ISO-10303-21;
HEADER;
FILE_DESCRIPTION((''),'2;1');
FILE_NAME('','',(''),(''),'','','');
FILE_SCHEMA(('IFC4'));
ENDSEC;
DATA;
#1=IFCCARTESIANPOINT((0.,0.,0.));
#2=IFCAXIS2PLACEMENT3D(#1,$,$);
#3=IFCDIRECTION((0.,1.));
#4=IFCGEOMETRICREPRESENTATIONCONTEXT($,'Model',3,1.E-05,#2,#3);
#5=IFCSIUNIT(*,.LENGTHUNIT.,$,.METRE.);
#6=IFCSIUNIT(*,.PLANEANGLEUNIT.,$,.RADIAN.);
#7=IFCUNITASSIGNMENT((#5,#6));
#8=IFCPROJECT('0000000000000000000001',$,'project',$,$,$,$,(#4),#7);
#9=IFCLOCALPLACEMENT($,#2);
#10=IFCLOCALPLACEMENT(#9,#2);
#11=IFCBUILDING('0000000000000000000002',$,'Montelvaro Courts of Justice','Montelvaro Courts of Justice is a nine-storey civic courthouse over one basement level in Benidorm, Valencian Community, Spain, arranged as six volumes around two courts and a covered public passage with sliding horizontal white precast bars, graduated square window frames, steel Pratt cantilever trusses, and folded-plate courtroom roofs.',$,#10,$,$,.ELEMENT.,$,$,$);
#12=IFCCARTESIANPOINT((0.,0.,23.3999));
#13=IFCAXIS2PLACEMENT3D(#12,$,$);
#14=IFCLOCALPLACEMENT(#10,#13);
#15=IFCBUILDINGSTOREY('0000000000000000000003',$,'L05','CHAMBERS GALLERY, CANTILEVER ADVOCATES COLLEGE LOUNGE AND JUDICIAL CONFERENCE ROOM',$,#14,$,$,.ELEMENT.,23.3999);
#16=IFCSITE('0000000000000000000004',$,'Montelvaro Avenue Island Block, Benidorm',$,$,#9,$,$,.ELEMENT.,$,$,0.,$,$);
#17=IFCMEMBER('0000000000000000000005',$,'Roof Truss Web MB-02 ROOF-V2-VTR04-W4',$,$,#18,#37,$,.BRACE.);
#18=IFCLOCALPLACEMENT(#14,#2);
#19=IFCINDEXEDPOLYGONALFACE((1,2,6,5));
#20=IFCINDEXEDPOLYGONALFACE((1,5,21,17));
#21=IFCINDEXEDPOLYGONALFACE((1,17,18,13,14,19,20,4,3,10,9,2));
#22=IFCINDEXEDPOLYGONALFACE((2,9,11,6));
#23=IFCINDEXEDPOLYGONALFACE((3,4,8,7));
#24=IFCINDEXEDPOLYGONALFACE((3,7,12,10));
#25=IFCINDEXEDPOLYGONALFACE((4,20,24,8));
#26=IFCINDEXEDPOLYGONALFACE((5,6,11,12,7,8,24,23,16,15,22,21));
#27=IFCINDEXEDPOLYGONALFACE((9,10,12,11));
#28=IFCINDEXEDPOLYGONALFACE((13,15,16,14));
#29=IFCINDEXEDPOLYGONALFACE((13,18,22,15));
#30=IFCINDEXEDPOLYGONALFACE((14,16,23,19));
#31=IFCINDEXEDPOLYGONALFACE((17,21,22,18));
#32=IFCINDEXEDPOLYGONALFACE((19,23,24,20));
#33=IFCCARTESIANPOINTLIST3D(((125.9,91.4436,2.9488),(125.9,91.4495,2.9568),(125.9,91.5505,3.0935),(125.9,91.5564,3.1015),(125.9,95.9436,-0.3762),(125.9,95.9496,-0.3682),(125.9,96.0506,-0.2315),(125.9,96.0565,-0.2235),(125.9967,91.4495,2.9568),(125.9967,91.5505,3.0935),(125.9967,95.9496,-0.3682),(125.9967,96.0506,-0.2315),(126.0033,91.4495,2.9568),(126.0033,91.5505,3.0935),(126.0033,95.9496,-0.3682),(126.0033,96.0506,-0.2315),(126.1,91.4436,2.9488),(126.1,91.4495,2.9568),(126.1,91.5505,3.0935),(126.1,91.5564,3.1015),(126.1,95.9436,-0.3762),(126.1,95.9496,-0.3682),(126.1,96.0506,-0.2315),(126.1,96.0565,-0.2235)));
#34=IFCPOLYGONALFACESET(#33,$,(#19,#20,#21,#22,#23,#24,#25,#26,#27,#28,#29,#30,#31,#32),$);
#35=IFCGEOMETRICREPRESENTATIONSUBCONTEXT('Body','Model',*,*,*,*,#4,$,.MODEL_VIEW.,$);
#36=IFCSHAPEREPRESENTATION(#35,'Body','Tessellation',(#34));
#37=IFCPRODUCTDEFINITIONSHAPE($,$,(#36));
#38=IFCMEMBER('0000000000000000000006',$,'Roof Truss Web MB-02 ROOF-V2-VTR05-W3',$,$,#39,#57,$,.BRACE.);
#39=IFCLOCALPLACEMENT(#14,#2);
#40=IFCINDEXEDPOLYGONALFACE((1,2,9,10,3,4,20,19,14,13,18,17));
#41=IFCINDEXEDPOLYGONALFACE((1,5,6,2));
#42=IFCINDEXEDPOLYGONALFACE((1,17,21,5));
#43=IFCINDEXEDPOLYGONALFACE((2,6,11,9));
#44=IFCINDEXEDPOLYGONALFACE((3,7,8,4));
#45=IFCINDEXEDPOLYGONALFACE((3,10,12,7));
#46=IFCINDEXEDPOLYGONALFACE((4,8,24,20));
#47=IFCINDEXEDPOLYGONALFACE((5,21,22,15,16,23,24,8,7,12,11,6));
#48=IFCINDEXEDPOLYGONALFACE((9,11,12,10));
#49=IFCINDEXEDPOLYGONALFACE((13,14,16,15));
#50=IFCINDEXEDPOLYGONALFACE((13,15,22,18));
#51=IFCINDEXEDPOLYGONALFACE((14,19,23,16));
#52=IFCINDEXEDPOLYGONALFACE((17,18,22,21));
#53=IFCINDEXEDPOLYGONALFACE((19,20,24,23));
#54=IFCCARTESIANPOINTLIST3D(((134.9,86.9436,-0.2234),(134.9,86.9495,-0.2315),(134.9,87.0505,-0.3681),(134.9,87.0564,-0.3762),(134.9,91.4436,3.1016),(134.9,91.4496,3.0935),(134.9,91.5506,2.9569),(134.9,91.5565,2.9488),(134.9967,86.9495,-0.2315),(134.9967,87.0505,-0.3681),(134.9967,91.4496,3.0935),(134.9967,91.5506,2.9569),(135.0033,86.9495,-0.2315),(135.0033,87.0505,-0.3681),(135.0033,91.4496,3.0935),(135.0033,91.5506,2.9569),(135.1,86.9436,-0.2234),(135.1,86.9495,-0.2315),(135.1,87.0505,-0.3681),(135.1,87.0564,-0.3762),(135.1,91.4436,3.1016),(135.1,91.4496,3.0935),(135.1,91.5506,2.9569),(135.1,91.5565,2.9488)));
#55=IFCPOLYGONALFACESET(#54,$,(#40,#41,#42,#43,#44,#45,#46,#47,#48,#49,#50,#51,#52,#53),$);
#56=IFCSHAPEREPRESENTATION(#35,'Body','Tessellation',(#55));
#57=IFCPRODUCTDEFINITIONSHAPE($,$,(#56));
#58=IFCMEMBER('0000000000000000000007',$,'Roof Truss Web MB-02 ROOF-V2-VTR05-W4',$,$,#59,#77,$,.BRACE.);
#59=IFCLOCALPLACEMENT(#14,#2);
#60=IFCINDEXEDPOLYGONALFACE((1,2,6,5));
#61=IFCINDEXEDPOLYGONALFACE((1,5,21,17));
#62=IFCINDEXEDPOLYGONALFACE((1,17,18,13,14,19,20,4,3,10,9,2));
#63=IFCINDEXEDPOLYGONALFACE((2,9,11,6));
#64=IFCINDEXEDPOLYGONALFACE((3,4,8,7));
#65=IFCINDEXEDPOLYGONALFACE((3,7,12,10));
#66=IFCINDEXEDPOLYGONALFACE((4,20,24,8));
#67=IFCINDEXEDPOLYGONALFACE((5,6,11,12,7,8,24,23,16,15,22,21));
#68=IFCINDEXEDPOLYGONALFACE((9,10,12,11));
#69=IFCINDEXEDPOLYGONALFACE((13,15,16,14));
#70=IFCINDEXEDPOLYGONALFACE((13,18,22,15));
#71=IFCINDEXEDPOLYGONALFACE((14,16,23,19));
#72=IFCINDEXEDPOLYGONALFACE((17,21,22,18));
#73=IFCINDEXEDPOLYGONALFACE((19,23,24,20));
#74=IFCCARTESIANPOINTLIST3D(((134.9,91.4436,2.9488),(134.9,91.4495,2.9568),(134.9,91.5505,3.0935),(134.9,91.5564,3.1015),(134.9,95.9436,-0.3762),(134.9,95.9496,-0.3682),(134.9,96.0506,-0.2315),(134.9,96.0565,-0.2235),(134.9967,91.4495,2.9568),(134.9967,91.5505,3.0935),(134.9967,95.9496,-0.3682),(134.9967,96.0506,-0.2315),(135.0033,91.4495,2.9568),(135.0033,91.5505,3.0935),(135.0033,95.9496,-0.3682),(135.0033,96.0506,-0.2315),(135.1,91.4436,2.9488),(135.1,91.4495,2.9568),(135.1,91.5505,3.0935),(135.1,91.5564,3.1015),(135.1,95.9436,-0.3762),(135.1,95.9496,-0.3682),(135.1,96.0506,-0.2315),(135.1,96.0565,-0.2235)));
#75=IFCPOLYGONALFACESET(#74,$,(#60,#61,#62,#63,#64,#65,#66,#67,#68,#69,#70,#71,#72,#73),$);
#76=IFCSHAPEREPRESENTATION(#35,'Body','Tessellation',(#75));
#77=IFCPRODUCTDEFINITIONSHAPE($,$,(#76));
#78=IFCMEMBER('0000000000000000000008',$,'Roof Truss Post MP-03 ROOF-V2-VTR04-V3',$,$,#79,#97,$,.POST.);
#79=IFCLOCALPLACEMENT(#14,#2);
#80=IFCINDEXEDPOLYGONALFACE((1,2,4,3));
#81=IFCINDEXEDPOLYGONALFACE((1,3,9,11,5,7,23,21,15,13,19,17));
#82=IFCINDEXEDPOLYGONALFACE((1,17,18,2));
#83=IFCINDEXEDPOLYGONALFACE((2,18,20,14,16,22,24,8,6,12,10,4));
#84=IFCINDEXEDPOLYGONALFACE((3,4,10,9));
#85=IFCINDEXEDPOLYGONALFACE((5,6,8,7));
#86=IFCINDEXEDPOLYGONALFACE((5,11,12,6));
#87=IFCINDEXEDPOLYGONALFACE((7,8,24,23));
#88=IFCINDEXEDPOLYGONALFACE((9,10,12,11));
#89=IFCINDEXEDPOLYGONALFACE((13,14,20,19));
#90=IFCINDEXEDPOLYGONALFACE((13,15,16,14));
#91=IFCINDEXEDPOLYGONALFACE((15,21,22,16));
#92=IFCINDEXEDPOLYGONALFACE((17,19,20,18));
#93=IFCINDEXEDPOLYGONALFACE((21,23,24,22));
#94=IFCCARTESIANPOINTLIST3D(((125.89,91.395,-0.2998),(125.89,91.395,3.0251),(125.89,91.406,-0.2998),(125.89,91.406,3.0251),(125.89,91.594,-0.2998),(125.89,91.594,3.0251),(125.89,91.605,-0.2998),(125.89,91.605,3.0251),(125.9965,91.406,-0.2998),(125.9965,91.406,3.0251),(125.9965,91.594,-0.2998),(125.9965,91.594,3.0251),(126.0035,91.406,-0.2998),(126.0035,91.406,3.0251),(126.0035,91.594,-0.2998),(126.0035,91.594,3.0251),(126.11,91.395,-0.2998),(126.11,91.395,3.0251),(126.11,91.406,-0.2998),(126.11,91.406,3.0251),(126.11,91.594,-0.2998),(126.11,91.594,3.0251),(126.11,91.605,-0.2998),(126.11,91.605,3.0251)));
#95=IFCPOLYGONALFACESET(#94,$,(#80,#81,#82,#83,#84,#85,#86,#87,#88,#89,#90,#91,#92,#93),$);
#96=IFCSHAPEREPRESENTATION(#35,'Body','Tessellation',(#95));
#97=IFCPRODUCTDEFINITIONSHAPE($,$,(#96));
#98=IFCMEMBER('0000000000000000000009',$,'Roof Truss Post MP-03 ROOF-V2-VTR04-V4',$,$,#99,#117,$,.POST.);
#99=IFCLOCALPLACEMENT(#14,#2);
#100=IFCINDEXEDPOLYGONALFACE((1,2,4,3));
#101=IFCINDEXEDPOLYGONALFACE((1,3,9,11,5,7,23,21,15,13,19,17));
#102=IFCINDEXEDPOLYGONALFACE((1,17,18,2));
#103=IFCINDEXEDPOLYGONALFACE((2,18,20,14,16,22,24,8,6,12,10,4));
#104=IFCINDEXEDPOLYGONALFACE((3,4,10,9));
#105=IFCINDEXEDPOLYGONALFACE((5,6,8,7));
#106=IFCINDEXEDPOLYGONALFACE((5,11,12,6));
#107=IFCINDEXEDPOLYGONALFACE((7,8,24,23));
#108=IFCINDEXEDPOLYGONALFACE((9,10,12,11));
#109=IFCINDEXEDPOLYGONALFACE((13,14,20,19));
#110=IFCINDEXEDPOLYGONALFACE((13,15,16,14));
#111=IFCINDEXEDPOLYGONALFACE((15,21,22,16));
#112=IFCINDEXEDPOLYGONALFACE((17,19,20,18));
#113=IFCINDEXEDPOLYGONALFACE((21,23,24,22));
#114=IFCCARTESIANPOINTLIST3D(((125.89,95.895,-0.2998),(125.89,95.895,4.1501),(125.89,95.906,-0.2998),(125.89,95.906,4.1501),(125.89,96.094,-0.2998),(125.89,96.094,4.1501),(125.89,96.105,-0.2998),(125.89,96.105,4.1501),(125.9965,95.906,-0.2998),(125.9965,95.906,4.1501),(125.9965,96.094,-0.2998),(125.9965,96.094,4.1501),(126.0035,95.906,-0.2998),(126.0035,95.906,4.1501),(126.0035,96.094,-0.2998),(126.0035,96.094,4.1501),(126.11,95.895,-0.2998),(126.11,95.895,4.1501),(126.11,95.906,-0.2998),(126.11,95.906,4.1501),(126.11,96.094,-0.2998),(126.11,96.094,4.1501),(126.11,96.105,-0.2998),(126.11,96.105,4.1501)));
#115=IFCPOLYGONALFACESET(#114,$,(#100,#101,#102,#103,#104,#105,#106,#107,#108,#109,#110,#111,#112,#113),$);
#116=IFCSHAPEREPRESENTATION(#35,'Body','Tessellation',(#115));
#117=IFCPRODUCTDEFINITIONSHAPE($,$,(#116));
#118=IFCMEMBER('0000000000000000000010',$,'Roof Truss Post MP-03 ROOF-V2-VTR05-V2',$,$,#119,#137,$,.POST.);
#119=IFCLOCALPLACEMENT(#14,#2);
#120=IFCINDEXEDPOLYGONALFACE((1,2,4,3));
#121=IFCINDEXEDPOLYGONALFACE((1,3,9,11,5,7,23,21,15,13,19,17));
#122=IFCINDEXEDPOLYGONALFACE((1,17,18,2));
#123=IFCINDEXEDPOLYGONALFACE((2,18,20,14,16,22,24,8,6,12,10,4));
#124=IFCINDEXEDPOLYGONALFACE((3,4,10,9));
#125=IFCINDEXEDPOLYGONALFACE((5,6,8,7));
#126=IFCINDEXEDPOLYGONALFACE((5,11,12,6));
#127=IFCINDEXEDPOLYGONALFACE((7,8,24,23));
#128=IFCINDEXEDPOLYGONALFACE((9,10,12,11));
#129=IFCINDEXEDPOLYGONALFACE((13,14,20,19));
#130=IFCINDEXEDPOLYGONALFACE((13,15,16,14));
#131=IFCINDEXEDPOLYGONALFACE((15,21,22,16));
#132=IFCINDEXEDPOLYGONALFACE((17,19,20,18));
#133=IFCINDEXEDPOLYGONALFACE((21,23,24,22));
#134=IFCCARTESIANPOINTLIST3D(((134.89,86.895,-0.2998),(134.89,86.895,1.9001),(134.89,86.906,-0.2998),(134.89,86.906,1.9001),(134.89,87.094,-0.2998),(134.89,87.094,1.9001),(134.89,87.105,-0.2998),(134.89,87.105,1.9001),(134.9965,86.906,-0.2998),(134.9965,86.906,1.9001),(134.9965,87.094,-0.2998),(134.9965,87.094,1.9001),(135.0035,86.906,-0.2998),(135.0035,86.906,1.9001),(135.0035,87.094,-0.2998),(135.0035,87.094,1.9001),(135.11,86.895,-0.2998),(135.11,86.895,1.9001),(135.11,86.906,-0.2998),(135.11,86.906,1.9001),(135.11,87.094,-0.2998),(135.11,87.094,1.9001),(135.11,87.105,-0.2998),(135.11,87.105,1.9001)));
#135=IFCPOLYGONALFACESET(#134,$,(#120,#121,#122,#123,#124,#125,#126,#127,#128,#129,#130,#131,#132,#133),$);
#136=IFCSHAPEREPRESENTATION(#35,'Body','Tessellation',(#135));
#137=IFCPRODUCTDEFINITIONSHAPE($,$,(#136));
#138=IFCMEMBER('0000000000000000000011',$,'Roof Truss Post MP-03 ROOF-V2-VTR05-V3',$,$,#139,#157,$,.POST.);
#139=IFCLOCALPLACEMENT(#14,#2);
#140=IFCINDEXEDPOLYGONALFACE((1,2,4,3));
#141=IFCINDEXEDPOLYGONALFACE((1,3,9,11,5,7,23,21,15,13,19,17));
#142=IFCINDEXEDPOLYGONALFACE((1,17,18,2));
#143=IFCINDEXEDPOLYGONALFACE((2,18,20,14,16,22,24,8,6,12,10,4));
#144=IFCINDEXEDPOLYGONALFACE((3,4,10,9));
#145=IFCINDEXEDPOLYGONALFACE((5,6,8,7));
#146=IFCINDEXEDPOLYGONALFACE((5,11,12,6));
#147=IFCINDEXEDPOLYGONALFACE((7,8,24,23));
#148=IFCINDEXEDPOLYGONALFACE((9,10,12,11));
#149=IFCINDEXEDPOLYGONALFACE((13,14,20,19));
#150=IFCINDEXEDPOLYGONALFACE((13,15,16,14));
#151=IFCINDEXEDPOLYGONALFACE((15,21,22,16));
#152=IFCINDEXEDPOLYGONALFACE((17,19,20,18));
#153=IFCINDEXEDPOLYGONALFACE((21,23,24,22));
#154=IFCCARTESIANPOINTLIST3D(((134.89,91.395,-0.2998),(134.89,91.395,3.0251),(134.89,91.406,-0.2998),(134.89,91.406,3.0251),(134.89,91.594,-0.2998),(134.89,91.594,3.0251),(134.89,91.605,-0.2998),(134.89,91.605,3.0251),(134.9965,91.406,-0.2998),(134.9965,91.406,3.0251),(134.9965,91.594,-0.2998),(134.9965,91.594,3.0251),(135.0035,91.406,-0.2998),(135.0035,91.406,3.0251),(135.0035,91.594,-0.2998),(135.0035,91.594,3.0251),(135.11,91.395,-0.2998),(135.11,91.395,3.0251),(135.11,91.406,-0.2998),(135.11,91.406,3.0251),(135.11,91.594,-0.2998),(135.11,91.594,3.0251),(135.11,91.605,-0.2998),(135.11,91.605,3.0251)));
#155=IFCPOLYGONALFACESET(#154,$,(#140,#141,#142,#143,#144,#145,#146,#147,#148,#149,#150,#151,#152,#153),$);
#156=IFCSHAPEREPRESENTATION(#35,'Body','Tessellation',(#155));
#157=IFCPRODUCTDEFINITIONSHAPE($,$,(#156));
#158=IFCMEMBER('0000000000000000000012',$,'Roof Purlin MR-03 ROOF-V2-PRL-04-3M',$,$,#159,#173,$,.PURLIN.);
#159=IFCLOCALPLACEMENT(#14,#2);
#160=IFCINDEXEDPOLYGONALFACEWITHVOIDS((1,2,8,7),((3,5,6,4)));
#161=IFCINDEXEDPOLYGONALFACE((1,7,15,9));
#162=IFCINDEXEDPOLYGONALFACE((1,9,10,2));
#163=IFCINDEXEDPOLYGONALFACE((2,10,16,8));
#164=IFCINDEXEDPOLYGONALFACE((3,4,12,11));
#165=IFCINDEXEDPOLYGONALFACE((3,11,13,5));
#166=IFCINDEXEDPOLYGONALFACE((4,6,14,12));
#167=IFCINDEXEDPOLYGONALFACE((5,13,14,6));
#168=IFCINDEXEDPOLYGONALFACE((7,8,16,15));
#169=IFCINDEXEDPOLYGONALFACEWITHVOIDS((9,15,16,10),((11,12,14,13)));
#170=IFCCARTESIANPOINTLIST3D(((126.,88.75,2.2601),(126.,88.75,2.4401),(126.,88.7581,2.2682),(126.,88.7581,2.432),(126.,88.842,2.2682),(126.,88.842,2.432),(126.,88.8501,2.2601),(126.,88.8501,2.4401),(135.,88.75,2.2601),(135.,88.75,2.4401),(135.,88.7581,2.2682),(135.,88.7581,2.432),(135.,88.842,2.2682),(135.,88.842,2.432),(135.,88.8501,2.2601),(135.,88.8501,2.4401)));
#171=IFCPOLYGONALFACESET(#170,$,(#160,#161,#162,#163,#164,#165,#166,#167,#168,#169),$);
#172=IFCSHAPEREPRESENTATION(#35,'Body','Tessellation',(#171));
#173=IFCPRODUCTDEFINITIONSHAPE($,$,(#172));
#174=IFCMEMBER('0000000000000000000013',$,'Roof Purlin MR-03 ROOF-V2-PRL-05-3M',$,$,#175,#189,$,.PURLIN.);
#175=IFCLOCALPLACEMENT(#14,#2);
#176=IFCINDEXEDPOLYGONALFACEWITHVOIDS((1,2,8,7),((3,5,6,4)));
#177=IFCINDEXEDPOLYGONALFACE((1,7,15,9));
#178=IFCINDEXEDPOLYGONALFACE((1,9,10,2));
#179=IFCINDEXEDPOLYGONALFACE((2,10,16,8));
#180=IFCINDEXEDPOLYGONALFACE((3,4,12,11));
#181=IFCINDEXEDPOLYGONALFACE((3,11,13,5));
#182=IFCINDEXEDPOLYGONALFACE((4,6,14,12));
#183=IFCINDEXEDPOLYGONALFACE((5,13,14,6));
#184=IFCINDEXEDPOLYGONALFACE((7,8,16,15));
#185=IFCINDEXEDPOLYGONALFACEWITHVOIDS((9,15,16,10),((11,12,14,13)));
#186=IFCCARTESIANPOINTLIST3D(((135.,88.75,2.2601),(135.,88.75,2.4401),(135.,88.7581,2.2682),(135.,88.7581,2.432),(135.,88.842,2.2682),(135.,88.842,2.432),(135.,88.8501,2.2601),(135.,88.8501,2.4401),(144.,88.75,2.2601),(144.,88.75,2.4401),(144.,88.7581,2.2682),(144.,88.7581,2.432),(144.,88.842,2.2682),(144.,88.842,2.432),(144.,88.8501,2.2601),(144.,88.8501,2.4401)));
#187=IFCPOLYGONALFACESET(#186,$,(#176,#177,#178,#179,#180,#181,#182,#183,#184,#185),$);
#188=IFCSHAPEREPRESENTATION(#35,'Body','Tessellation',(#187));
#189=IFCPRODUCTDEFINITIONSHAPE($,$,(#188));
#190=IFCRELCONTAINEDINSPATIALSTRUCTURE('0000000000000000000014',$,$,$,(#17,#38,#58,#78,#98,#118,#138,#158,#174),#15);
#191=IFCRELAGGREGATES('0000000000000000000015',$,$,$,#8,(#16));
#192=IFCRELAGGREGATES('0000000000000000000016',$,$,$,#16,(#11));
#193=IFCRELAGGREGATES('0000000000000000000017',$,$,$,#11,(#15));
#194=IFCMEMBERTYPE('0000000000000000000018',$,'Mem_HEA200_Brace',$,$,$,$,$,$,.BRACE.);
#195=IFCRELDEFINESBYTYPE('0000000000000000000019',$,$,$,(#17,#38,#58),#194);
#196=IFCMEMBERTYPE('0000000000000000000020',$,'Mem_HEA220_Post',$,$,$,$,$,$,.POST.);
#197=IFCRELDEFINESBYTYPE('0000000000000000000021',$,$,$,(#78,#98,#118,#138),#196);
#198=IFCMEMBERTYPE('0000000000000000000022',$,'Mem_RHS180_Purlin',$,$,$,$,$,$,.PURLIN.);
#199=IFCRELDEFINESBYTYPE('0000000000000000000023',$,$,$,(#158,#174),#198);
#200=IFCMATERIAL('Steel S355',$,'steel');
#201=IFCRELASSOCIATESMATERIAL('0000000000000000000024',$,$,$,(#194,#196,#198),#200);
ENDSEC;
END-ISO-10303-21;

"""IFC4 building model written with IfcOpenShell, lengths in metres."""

from ifc_helpers import new_model, si_unit, direction, frame, origin, origin_2d, place, context, subcontext, project, spatial, hollow_rectangle, i_section, extrude, material, material_profile, profile_set, type_object, element, save


model = new_model("IFC4")

# Units and contexts
model_context = context("Model", 3, precision=1e-05, world=origin(), true_north=direction((0.0, 1.0)))
body_context = subcontext(model_context, "Body", "Model", "MODEL_VIEW")
ifc_project = project(units=[si_unit("LENGTHUNIT", "METRE"), si_unit("PLANEANGLEUNIT", "RADIAN")], contexts=[model_context])

# Site, building, storey
site_placement = place(None, origin())
site = spatial("IfcSite", under=ifc_project, at=site_placement, Name="Montelvaro Avenue Island Block, Benidorm", CompositionType="ELEMENT", RefElevation=0.0)
building_placement = place(site_placement, origin())
building = spatial("IfcBuilding", under=site, at=building_placement, Name="Montelvaro Courts of Justice", Description="Montelvaro Courts of Justice is a nine-storey civic courthouse over one basement level in Benidorm, Valencian Community, Spain, arranged as six volumes around two courts and a covered public passage with sliding horizontal white precast bars, graduated square window frames, steel Pratt cantilever trusses, and folded-plate courtroom roofs.", CompositionType="ELEMENT")
storey_placement = place(building_placement, frame((0.0, 0.0, 23.3999)))
storey = spatial("IfcBuildingStorey", under=building, at=storey_placement, Name="L05", Description="CHAMBERS GALLERY, CANTILEVER ADVOCATES COLLEGE LOUNGE AND JUDICIAL CONFERENCE ROOM", CompositionType="ELEMENT", Elevation=23.3999)

# Members
ifc_material = material(Name="Steel S355", Category="steel")
ifc_material_profile_1 = material_profile(ifc_material, i_section(OverallWidth=0.2, OverallDepth=0.1899, WebThickness=0.0066, FlangeThickness=0.01, at=origin_2d()), Name="HEA 200")
ifc_profile_set_1 = profile_set([ifc_material_profile_1], Name="Steel S355")
member_type_1 = type_object("IfcMemberType", Name="Mem_HEA200_Brace", PredefinedType="BRACE", material=ifc_profile_set_1)
for number, where, z_axis, x_axis, name in (
    (1, (126.0, 91.5, 3.0251), (0.0, 0.804273, -0.59426), (-1.0, 0.0, 0.0), "Roof Truss Web MB-02 ROOF-V2-VTR04-W4"),
    (2, (135.0, 87.0, -0.2998), (0.0, 0.804273, 0.59426), (-1.0, 0.0, 0.0), "Roof Truss Web MB-02 ROOF-V2-VTR05-W3"),
    (3, (135.0, 91.5, 3.0251), (0.0, 0.804273, -0.59426), (-1.0, 0.0, 0.0), "Roof Truss Web MB-02 ROOF-V2-VTR05-W4"),
):
    element("IfcMember", number, at=place(storey_placement, frame(where, z_axis=z_axis, x_axis=x_axis)), inside=storey, type_object=member_type_1, Name=name, PredefinedType="BRACE", context=body_context, shape_type="SweptSolid", body=[
        extrude(i_section(OverallWidth=0.2, OverallDepth=0.1899, WebThickness=0.0066, FlangeThickness=0.01, at=origin_2d()), origin(), (0.0, 0.0, 1.0), 5.5952),
    ])
ifc_material_profile_2 = material_profile(ifc_material, i_section(OverallWidth=0.22, OverallDepth=0.21, WebThickness=0.0071, FlangeThickness=0.011, at=origin_2d()), Name="HEA 220")
ifc_profile_set_2 = profile_set([ifc_material_profile_2], Name="Steel S355")
member_type_2 = type_object("IfcMemberType", Name="Mem_HEA220_Post", PredefinedType="POST", material=ifc_profile_set_2)
member_1_placement = place(storey_placement, frame((126.0, 91.5, -0.2998), z_axis=(0.0, 0.0, 1.0), x_axis=(1.0, 0.0, 0.0)))
element("IfcMember", 4, at=member_1_placement, inside=storey, type_object=member_type_2, Name="Roof Truss Post MP-03 ROOF-V2-VTR04-V3", PredefinedType="POST", context=body_context, shape_type="SweptSolid", body=[
    extrude(i_section(OverallWidth=0.22, OverallDepth=0.21, WebThickness=0.0071, FlangeThickness=0.011, at=origin_2d()), origin(), (0.0, 0.0, 1.0), 3.325),
])
member_2_placement = place(storey_placement, frame((126.0, 96.0, -0.2998), z_axis=(0.0, 0.0, 1.0), x_axis=(1.0, 0.0, 0.0)))
element("IfcMember", 5, at=member_2_placement, inside=storey, type_object=member_type_2, Name="Roof Truss Post MP-03 ROOF-V2-VTR04-V4", PredefinedType="POST", context=body_context, shape_type="SweptSolid", body=[
    extrude(i_section(OverallWidth=0.22, OverallDepth=0.21, WebThickness=0.0071, FlangeThickness=0.011, at=origin_2d()), origin(), (0.0, 0.0, 1.0), 4.45),
])
member_3_placement = place(storey_placement, frame((135.0, 87.0, -0.2998), z_axis=(0.0, 0.0, 1.0), x_axis=(1.0, 0.0, 0.0)))
element("IfcMember", 6, at=member_3_placement, inside=storey, type_object=member_type_2, Name="Roof Truss Post MP-03 ROOF-V2-VTR05-V2", PredefinedType="POST", context=body_context, shape_type="SweptSolid", body=[
    extrude(i_section(OverallWidth=0.22, OverallDepth=0.21, WebThickness=0.0071, FlangeThickness=0.011, at=origin_2d()), origin(), (0.0, 0.0, 1.0), 2.2),
])
member_4_placement = place(storey_placement, frame((135.0, 91.5, -0.2998), z_axis=(0.0, 0.0, 1.0), x_axis=(1.0, 0.0, 0.0)))
element("IfcMember", 7, at=member_4_placement, inside=storey, type_object=member_type_2, Name="Roof Truss Post MP-03 ROOF-V2-VTR05-V3", PredefinedType="POST", context=body_context, shape_type="SweptSolid", body=[
    extrude(i_section(OverallWidth=0.22, OverallDepth=0.21, WebThickness=0.0071, FlangeThickness=0.011, at=origin_2d()), origin(), (0.0, 0.0, 1.0), 3.325),
])
ifc_material_profile_3 = material_profile(ifc_material, hollow_rectangle(XDim=0.1001, YDim=0.1799, WallThickness=0.0081, at=origin_2d()), Name="RHS 180x100x8")
ifc_profile_set_3 = profile_set([ifc_material_profile_3], Name="Steel S355")
member_type_3 = type_object("IfcMemberType", Name="Mem_RHS180_Purlin", PredefinedType="PURLIN", material=ifc_profile_set_3)
for number, where, z_axis, x_axis, name in (
    (8, (126.0, 88.8, 2.3501), (1.0, 0.0, 0.0), (0.0, 1.0, 0.0), "Roof Purlin MR-03 ROOF-V2-PRL-04-3M"),
    (9, (135.0, 88.8, 2.3501), (1.0, 0.0, 0.0), (0.0, 1.0, 0.0), "Roof Purlin MR-03 ROOF-V2-PRL-05-3M"),
):
    element("IfcMember", number, at=place(storey_placement, frame(where, z_axis=z_axis, x_axis=x_axis)), inside=storey, type_object=member_type_3, Name=name, PredefinedType="PURLIN", context=body_context, shape_type="SweptSolid", body=[
        extrude(hollow_rectangle(XDim=0.1001, YDim=0.1799, WallThickness=0.0081, at=origin_2d()), origin(), (0.0, 0.0, 1.0), 9.0),
    ])

save(model, "model.ifc")
